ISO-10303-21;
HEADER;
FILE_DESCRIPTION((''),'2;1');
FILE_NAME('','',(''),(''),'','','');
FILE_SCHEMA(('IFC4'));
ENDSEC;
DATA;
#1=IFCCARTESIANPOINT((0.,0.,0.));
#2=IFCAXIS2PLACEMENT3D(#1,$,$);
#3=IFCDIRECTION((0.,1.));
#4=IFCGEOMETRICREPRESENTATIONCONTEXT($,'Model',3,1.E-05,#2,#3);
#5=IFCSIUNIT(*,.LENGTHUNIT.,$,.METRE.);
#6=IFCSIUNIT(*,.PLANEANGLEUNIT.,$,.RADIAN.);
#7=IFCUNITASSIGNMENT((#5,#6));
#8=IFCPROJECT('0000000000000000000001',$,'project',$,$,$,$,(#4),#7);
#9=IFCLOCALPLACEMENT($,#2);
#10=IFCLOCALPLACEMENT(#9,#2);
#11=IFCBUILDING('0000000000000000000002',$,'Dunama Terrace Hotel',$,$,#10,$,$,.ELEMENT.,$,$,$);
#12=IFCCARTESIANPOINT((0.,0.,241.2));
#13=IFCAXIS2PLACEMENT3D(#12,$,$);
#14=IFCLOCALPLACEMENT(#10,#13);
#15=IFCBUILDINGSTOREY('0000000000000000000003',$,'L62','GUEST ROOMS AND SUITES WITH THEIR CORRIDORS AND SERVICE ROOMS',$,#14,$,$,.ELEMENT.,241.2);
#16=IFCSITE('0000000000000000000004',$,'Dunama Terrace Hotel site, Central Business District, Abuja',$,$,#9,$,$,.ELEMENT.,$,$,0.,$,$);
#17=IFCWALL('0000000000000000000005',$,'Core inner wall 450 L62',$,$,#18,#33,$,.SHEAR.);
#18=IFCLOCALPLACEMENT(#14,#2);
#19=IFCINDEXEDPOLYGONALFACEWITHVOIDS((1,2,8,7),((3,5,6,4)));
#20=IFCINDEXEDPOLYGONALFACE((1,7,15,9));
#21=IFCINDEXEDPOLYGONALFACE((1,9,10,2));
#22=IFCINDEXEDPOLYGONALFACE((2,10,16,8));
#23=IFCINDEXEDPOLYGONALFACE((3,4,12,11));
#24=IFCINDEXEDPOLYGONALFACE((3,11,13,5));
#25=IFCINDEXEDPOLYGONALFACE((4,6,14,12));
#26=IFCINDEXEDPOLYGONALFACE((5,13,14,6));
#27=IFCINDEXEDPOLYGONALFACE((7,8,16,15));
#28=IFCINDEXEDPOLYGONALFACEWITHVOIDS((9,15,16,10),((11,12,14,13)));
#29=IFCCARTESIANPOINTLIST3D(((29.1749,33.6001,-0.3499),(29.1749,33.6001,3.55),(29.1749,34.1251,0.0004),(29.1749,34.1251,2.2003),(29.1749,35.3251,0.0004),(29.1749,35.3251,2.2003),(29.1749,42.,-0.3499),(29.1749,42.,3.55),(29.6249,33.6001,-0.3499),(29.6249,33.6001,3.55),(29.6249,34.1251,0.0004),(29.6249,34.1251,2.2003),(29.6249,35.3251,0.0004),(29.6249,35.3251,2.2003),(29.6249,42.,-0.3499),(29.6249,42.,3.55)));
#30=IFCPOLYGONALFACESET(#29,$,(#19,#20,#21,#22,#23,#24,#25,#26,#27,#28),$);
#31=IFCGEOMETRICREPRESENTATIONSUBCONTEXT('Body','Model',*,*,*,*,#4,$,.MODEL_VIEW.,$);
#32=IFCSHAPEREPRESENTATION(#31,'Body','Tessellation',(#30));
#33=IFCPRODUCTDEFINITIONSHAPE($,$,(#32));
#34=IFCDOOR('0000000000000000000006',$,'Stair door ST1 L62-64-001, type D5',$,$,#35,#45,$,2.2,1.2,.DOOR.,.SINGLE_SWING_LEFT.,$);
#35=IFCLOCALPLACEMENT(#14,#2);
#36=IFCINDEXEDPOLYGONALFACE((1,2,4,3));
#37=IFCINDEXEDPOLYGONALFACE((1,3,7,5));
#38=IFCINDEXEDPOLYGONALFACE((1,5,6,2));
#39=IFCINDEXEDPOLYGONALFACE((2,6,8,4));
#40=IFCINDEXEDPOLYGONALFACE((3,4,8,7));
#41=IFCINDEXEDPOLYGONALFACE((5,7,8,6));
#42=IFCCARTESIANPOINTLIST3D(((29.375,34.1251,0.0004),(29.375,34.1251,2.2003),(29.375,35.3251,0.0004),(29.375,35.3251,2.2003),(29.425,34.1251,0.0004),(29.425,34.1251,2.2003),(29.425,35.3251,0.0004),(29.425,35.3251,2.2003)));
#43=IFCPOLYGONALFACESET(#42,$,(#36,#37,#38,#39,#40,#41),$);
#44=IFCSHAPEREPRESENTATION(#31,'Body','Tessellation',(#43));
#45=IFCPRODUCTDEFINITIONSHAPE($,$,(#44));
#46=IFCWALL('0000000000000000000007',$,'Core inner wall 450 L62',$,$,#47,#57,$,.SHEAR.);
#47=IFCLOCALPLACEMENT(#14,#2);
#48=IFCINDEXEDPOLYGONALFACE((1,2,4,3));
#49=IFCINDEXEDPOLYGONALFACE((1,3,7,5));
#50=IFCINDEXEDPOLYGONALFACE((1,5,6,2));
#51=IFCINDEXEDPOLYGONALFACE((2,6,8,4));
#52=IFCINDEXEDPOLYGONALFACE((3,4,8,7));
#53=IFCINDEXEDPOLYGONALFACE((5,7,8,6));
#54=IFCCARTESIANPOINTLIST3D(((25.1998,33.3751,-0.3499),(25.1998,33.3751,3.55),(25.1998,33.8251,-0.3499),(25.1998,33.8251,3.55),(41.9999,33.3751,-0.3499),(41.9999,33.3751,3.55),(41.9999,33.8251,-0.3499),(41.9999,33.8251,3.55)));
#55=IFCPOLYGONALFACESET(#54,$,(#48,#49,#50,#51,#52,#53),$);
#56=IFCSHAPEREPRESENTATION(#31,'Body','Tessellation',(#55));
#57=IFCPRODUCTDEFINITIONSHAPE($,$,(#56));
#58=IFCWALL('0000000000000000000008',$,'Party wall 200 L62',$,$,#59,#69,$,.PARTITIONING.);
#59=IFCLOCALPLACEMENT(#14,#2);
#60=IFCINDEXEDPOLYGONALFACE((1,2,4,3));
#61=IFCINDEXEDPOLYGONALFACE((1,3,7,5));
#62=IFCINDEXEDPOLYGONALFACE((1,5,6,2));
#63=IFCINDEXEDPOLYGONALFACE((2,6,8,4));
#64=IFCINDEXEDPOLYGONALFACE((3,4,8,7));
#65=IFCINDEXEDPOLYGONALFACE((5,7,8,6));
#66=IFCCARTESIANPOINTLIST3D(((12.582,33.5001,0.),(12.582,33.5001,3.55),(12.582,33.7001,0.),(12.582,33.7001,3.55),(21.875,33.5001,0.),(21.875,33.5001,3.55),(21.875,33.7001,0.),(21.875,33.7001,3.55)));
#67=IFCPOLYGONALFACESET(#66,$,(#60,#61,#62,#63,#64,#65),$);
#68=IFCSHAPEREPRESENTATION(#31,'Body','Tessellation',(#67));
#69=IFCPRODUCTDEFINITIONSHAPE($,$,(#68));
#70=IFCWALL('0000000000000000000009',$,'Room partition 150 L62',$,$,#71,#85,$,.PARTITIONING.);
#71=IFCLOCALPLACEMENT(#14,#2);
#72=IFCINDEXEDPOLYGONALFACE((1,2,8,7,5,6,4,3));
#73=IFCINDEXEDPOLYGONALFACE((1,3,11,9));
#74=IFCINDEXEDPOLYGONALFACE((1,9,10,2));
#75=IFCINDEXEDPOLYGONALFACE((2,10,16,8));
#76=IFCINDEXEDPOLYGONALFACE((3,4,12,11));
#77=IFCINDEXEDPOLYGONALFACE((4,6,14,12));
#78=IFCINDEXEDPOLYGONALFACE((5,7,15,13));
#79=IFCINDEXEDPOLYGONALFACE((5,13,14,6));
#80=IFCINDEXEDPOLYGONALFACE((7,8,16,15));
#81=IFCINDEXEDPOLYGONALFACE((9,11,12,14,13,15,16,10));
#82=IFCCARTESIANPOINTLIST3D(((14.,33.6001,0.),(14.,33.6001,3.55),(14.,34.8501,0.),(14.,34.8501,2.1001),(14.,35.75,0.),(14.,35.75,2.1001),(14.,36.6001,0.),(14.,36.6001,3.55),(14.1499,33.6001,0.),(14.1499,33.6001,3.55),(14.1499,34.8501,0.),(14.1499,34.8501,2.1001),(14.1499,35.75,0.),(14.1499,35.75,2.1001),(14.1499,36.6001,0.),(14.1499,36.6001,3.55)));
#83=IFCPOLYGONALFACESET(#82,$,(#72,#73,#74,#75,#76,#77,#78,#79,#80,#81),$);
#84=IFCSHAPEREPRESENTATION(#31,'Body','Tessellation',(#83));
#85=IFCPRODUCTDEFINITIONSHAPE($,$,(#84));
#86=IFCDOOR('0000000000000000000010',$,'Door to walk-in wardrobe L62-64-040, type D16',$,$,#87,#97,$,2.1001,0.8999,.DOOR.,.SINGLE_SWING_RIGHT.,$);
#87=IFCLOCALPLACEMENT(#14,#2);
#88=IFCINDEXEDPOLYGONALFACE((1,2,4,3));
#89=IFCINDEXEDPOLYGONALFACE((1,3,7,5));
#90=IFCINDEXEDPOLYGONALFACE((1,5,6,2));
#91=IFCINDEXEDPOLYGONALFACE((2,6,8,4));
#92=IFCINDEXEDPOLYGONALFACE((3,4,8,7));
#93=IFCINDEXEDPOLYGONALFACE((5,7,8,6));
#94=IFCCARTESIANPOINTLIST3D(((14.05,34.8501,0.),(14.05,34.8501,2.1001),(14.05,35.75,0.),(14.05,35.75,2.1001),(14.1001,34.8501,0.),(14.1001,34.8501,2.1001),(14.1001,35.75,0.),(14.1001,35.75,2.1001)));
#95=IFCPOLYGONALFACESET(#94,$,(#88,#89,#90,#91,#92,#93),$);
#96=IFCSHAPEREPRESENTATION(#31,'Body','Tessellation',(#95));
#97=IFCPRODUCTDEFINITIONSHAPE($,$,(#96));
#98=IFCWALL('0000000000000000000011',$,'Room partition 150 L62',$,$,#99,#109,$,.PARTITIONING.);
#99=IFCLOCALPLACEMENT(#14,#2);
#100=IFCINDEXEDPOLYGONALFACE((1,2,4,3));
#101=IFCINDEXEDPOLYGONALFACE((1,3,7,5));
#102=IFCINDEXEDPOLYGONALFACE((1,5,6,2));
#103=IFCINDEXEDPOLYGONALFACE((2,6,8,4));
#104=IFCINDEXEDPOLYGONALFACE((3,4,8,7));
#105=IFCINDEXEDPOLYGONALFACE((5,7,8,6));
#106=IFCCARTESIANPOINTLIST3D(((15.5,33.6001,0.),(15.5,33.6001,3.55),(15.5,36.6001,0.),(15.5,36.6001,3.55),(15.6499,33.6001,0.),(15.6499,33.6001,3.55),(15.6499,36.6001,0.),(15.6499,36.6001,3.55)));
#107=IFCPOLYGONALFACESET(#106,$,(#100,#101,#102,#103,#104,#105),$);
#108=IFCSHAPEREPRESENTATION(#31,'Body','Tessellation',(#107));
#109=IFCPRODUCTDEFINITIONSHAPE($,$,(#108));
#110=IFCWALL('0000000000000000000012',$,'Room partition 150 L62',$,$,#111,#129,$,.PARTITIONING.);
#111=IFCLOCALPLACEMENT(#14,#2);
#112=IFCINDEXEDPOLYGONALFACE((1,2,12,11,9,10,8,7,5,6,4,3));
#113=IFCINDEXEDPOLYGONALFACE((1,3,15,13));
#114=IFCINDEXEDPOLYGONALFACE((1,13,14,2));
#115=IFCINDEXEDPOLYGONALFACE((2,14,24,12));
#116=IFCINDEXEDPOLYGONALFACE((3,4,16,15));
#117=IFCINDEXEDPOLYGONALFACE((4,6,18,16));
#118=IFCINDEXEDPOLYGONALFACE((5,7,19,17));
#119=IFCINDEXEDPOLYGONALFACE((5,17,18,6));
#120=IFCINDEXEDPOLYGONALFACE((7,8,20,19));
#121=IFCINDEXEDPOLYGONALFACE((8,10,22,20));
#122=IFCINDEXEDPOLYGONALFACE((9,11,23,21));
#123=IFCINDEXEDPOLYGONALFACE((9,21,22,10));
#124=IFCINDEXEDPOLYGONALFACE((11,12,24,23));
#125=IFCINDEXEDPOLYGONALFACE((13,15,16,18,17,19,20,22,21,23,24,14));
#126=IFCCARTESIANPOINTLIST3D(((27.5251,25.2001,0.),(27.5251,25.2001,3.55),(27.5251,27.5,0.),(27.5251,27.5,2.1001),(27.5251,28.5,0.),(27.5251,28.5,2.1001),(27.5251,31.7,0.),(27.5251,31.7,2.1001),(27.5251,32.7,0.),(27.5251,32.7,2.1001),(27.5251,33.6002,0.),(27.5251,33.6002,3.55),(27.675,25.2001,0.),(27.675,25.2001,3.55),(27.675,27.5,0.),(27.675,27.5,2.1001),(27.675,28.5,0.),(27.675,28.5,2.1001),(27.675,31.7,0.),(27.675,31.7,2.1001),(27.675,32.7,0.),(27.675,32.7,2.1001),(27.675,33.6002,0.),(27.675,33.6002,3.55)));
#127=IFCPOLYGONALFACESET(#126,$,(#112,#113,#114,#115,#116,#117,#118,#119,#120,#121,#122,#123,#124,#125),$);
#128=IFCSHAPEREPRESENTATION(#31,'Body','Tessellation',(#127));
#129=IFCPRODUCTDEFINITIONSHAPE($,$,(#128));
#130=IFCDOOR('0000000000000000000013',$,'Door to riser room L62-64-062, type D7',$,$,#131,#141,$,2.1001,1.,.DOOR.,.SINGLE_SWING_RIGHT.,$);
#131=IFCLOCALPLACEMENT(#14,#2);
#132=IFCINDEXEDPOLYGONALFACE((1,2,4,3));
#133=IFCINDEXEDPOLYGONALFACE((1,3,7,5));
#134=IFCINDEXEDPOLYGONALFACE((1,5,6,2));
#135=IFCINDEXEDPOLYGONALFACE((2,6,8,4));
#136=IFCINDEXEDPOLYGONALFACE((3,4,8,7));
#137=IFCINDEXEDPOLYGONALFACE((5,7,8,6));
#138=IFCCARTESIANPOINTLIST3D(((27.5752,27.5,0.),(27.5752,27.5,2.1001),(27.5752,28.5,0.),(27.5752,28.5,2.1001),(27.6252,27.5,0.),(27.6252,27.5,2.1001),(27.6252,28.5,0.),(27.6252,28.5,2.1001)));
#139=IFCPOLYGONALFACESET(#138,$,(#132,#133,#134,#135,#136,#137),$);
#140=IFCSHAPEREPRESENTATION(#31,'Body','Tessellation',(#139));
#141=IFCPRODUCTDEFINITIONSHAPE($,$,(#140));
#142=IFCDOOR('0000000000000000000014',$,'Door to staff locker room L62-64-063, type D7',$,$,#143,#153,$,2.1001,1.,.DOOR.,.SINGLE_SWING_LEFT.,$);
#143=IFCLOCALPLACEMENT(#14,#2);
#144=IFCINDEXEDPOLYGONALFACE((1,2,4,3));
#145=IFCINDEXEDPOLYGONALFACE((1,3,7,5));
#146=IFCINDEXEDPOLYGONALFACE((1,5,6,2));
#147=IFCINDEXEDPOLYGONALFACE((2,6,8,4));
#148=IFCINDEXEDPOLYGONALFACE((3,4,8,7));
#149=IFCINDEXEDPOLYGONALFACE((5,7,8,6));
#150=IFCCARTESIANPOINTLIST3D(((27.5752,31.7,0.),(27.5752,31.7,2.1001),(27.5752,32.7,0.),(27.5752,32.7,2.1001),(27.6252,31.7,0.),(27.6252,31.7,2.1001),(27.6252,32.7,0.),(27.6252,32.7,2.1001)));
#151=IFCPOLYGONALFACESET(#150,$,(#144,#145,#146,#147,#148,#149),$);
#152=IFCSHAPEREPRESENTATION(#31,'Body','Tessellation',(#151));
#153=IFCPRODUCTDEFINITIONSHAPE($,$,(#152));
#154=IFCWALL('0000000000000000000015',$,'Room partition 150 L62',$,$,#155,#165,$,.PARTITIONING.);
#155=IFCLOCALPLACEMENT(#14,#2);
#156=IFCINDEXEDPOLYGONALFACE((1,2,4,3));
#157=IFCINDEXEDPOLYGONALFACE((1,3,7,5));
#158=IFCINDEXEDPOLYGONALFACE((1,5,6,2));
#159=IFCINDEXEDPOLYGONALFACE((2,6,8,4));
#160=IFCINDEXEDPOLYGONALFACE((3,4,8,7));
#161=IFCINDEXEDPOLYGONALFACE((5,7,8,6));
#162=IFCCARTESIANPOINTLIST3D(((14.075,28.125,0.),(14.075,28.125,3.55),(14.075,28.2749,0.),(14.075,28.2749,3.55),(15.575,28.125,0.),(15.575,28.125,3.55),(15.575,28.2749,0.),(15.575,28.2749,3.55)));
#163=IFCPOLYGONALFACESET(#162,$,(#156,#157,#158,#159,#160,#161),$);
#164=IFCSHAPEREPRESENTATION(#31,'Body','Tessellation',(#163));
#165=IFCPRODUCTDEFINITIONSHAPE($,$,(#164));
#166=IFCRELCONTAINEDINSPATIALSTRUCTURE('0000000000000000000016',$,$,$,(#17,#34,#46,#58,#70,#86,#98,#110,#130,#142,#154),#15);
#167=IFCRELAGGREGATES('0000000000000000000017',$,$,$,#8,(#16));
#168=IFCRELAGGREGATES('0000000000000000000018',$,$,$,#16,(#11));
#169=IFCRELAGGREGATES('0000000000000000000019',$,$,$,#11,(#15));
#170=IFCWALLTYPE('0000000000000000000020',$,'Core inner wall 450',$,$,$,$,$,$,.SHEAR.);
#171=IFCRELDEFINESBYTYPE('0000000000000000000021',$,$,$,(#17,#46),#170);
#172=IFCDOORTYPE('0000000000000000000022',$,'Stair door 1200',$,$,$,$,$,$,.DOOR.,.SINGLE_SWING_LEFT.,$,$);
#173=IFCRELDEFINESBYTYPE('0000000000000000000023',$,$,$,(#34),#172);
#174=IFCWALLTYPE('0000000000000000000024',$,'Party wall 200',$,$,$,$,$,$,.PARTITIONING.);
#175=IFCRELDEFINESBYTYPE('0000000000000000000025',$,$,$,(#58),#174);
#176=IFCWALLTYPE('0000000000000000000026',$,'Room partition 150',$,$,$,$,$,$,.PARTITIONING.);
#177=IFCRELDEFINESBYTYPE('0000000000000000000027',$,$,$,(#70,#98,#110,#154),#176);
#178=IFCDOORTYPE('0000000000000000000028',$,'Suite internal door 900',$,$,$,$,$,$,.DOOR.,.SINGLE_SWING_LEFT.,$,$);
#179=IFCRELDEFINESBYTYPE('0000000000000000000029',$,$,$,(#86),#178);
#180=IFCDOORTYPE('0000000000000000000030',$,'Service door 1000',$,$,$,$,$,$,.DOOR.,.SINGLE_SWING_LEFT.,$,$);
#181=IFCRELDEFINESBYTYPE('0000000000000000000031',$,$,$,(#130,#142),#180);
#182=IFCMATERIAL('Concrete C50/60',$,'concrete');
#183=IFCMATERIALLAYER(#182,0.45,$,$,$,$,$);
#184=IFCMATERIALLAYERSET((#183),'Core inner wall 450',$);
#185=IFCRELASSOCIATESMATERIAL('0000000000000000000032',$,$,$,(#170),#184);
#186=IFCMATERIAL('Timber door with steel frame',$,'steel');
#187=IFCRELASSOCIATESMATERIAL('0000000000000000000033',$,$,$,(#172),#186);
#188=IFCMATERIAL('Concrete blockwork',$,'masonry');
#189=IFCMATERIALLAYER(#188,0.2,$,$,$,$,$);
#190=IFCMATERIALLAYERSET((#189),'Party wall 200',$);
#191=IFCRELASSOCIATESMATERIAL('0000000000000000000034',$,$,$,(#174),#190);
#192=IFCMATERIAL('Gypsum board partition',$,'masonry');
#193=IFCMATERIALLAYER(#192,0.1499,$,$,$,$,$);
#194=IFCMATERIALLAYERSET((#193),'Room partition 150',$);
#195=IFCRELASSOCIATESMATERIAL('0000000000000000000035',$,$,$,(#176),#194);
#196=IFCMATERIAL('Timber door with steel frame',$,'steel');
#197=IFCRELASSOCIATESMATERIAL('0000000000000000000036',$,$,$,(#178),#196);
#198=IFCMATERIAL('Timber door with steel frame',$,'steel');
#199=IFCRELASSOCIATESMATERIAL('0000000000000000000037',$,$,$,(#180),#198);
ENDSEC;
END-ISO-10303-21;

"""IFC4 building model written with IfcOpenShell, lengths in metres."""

from ifc_helpers import new_model, si_unit, direction, frame, frame_2d, origin, place, context, subcontext, project, spatial, rectangle, extrude, material, layer, layer_set, type_object, element, fill, save


model = new_model("IFC4")

# Units and contexts
model_context = context("Model", 3, precision=1e-05, world=origin(), true_north=direction((0.0, 1.0)))
body_context = subcontext(model_context, "Body", "Model", "MODEL_VIEW")
ifc_project = project(units=[si_unit("LENGTHUNIT", "METRE"), si_unit("PLANEANGLEUNIT", "RADIAN")], contexts=[model_context])

# Site, building, storey
site_placement = place(None, origin())
site = spatial("IfcSite", under=ifc_project, at=site_placement, Name="Dunama Terrace Hotel site, Central Business District, Abuja", CompositionType="ELEMENT", RefElevation=0.0)
building_placement = place(site_placement, origin())
building = spatial("IfcBuilding", under=site, at=building_placement, Name="Dunama Terrace Hotel", CompositionType="ELEMENT")
storey_placement = place(building_placement, frame((0.0, 0.0, 241.2)))
storey = spatial("IfcBuildingStorey", under=building, at=storey_placement, Name="L62", Description="GUEST ROOMS AND SUITES WITH THEIR CORRIDORS AND SERVICE ROOMS", CompositionType="ELEMENT", Elevation=241.2)

# Wall, opening, door
ifc_material_1 = material(Name="Concrete C50/60", Category="concrete")
ifc_layer_1 = layer(ifc_material_1, 0.45)
ifc_layer_set_1 = layer_set([ifc_layer_1], Name="Core inner wall 450")
wall_type_1 = type_object("IfcWallType", Name="Core inner wall 450", PredefinedType="SHEAR", material=ifc_layer_set_1)
wall_1_placement = place(storey_placement, frame((29.3999, 33.6001, -0.3499), z_axis=(0.0, 0.0, 1.0), x_axis=(0.0, 1.0, 0.0)))
wall_1 = element("IfcWall", 1, at=wall_1_placement, inside=storey, type_object=wall_type_1, Name="Core inner wall 450 L62", PredefinedType="SHEAR", context=body_context, shape_type="SweptSolid", body=[
    extrude(rectangle(XDim=8.3999, YDim=0.45, at=frame_2d((4.2, 0.0))), origin(), (0.0, 0.0, 1.0), 3.8999),
])
opening_1_placement = place(wall_1_placement, frame((0.5249, 0.0, 0.3501)))
opening_1 = element("IfcOpeningElement", 2, at=opening_1_placement, cuts=wall_1, PredefinedType="OPENING", context=body_context, shape_type="SweptSolid", body=[
    extrude(rectangle(XDim=1.2, YDim=2.2, at=frame_2d((0.6001, 1.1001))), frame((0.0, 0.2349, 0.0), z_axis=(0.0, -1.0, 0.0), x_axis=(1.0, 0.0, 0.0)), (0.0, 0.0, 1.0), 0.47),
])
ifc_material_2 = material(Name="Timber door with steel frame", Category="steel")
door_type_1 = type_object("IfcDoorType", Name="Stair door 1200", OperationType="SINGLE_SWING_LEFT", PredefinedType="DOOR", material=ifc_material_2)
door_1_placement = place(opening_1_placement, origin())
door_1 = element("IfcDoor", 3, at=door_1_placement, inside=storey, type_object=door_type_1, Name="Stair door ST1 L62-64-001, type D5", OperationType="SINGLE_SWING_LEFT", OverallHeight=2.2, OverallWidth=1.2, PredefinedType="DOOR", context=body_context, shape_type="SweptSolid", body=[
    extrude(rectangle(XDim=1.2, YDim=2.2, at=frame_2d((0.6001, 1.1001))), frame((0.0, 0.0249, 0.0), z_axis=(0.0, -1.0, 0.0), x_axis=(1.0, 0.0, 0.0)), (0.0, 0.0, 1.0), 0.05),
])
fill(opening_1, door_1)

# Walls
wall_2_placement = place(storey_placement, frame((25.2, 33.6001, -0.3499), z_axis=(0.0, 0.0, 1.0), x_axis=(1.0, 0.0, 0.0)))
element("IfcWall", 4, at=wall_2_placement, inside=storey, type_object=wall_type_1, Name="Core inner wall 450 L62", PredefinedType="SHEAR", context=body_context, shape_type="SweptSolid", body=[
    extrude(rectangle(XDim=16.8, YDim=0.45, at=frame_2d((8.3999, 0.0))), origin(), (0.0, 0.0, 1.0), 3.8999),
])
ifc_material_3 = material(Name="Concrete blockwork", Category="masonry")
ifc_layer_2 = layer(ifc_material_3, 0.2)
ifc_layer_set_2 = layer_set([ifc_layer_2], Name="Party wall 200")
wall_type_2 = type_object("IfcWallType", Name="Party wall 200", PredefinedType="PARTITIONING", material=ifc_layer_set_2)
wall_3_placement = place(storey_placement, frame((12.582, 33.6001, 0.0), z_axis=(0.0, 0.0, 1.0), x_axis=(1.0, 0.0, 0.0)))
element("IfcWall", 5, at=wall_3_placement, inside=storey, type_object=wall_type_2, Name="Party wall 200 L62", PredefinedType="PARTITIONING", context=body_context, shape_type="SweptSolid", body=[
    extrude(rectangle(XDim=9.293, YDim=0.2, at=frame_2d((4.6465, 0.0))), origin(), (0.0, 0.0, 1.0), 3.55),
])

# Wall, opening, door
ifc_material_4 = material(Name="Gypsum board partition", Category="masonry")
ifc_layer_3 = layer(ifc_material_4, 0.1499)
ifc_layer_set_3 = layer_set([ifc_layer_3], Name="Room partition 150")
wall_type_3 = type_object("IfcWallType", Name="Room partition 150", PredefinedType="PARTITIONING", material=ifc_layer_set_3)
wall_4_placement = place(storey_placement, frame((14.075, 33.6001, 0.0), z_axis=(0.0, 0.0, 1.0), x_axis=(0.0, 1.0, 0.0)))
wall_4 = element("IfcWall", 6, at=wall_4_placement, inside=storey, type_object=wall_type_3, Name="Room partition 150 L62", PredefinedType="PARTITIONING", context=body_context, shape_type="SweptSolid", body=[
    extrude(rectangle(XDim=3.0, YDim=0.1499, at=frame_2d((1.5, 0.0))), origin(), (0.0, 0.0, 1.0), 3.55),
])
opening_2_placement = place(wall_4_placement, frame((1.25, 0.0, 0.0)))
opening_2 = element("IfcOpeningElement", 7, at=opening_2_placement, cuts=wall_4, PredefinedType="OPENING", context=body_context, shape_type="SweptSolid", body=[
    extrude(rectangle(XDim=0.8999, YDim=2.1001, at=frame_2d((0.45, 1.05))), frame((0.0, 0.085, 0.0), z_axis=(0.0, -1.0, 0.0), x_axis=(1.0, 0.0, 0.0)), (0.0, 0.0, 1.0), 0.1699),
])
ifc_material_5 = material(Name="Timber door with steel frame", Category="steel")
door_type_2 = type_object("IfcDoorType", Name="Suite internal door 900", OperationType="SINGLE_SWING_LEFT", PredefinedType="DOOR", material=ifc_material_5)
door_2_placement = place(opening_2_placement, frame((0.8999, 0.0, 0.0), z_axis=(0.0, 0.0, 1.0), x_axis=(-1.0, 0.0, 0.0)))
door_2 = element("IfcDoor", 8, at=door_2_placement, inside=storey, type_object=door_type_2, Name="Door to walk-in wardrobe L62-64-040, type D16", OperationType="SINGLE_SWING_RIGHT", OverallHeight=2.1001, OverallWidth=0.8999, PredefinedType="DOOR", context=body_context, shape_type="SweptSolid", body=[
    extrude(rectangle(XDim=0.8999, YDim=2.1001, at=frame_2d((0.45, 1.05))), frame((0.0, 0.0251, 0.0), z_axis=(0.0, -1.0, 0.0), x_axis=(1.0, 0.0, 0.0)), (0.0, 0.0, 1.0), 0.05),
])
fill(opening_2, door_2)

# Wall
wall_5_placement = place(storey_placement, frame((15.575, 33.6001, 0.0), z_axis=(0.0, 0.0, 1.0), x_axis=(0.0, 1.0, 0.0)))
element("IfcWall", 9, at=wall_5_placement, inside=storey, type_object=wall_type_3, Name="Room partition 150 L62", PredefinedType="PARTITIONING", context=body_context, shape_type="SweptSolid", body=[
    extrude(rectangle(XDim=3.0, YDim=0.1499, at=frame_2d((1.5, 0.0))), origin(), (0.0, 0.0, 1.0), 3.55),
])

# Wall, openings, doors
wall_6_placement = place(storey_placement, frame((27.6001, 25.2, 0.0), z_axis=(0.0, 0.0, 1.0), x_axis=(0.0, 1.0, 0.0)))
wall_6 = element("IfcWall", 10, at=wall_6_placement, inside=storey, type_object=wall_type_3, Name="Room partition 150 L62", PredefinedType="PARTITIONING", context=body_context, shape_type="SweptSolid", body=[
    extrude(rectangle(XDim=8.4001, YDim=0.1499, at=frame_2d((4.2002, 0.0))), origin(), (0.0, 0.0, 1.0), 3.55),
])
opening_3_placement = place(wall_6_placement, frame((2.3, 0.0, 0.0)))
opening_3 = element("IfcOpeningElement", 11, at=opening_3_placement, cuts=wall_6, PredefinedType="OPENING", context=body_context, shape_type="SweptSolid", body=[
    extrude(rectangle(XDim=1.0, YDim=2.1001, at=frame_2d((0.5, 1.05))), frame((0.0, 0.085, 0.0), z_axis=(0.0, -1.0, 0.0), x_axis=(1.0, 0.0, 0.0)), (0.0, 0.0, 1.0), 0.1699),
])
opening_4_placement = place(wall_6_placement, frame((6.5, 0.0, 0.0)))
opening_4 = element("IfcOpeningElement", 12, at=opening_4_placement, cuts=wall_6, PredefinedType="OPENING", context=body_context, shape_type="SweptSolid", body=[
    extrude(rectangle(XDim=1.0, YDim=2.1001, at=frame_2d((0.5, 1.05))), frame((0.0, 0.085, 0.0), z_axis=(0.0, -1.0, 0.0), x_axis=(1.0, 0.0, 0.0)), (0.0, 0.0, 1.0), 0.1699),
])
ifc_material_6 = material(Name="Timber door with steel frame", Category="steel")
door_type_3 = type_object("IfcDoorType", Name="Service door 1000", OperationType="SINGLE_SWING_LEFT", PredefinedType="DOOR", material=ifc_material_6)
door_3_placement = place(opening_3_placement, frame((1.0, 0.0, 0.0), z_axis=(0.0, 0.0, 1.0), x_axis=(-1.0, 0.0, 0.0)))
door_3 = element("IfcDoor", 13, at=door_3_placement, inside=storey, type_object=door_type_3, Name="Door to riser room L62-64-062, type D7", OperationType="SINGLE_SWING_RIGHT", OverallHeight=2.1001, OverallWidth=1.0, PredefinedType="DOOR", context=body_context, shape_type="SweptSolid", body=[
    extrude(rectangle(XDim=1.0, YDim=2.1001, at=frame_2d((0.5, 1.05))), frame((0.0, 0.0251, 0.0), z_axis=(0.0, -1.0, 0.0), x_axis=(1.0, 0.0, 0.0)), (0.0, 0.0, 1.0), 0.05),
])
fill(opening_3, door_3)
door_4_placement = place(opening_4_placement, frame((1.0, 0.0, 0.0), z_axis=(0.0, 0.0, 1.0), x_axis=(-1.0, 0.0, 0.0)))
door_4 = element("IfcDoor", 14, at=door_4_placement, inside=storey, type_object=door_type_3, Name="Door to staff locker room L62-64-063, type D7", OperationType="SINGLE_SWING_LEFT", OverallHeight=2.1001, OverallWidth=1.0, PredefinedType="DOOR", context=body_context, shape_type="SweptSolid", body=[
    extrude(rectangle(XDim=1.0, YDim=2.1001, at=frame_2d((0.5, 1.05))), frame((0.0, 0.0251, 0.0), z_axis=(0.0, -1.0, 0.0), x_axis=(1.0, 0.0, 0.0)), (0.0, 0.0, 1.0), 0.05),
])
fill(opening_4, door_4)

# Wall
wall_7_placement = place(storey_placement, frame((14.075, 28.2, 0.0), z_axis=(0.0, 0.0, 1.0), x_axis=(1.0, 0.0, 0.0)))
element("IfcWall", 15, at=wall_7_placement, inside=storey, type_object=wall_type_3, Name="Room partition 150 L62", PredefinedType="PARTITIONING", context=body_context, shape_type="SweptSolid", body=[
    extrude(rectangle(XDim=1.5, YDim=0.1499, at=frame_2d((0.75, 0.0))), origin(), (0.0, 0.0, 1.0), 3.55),
])

save(model, "model.ifc")
